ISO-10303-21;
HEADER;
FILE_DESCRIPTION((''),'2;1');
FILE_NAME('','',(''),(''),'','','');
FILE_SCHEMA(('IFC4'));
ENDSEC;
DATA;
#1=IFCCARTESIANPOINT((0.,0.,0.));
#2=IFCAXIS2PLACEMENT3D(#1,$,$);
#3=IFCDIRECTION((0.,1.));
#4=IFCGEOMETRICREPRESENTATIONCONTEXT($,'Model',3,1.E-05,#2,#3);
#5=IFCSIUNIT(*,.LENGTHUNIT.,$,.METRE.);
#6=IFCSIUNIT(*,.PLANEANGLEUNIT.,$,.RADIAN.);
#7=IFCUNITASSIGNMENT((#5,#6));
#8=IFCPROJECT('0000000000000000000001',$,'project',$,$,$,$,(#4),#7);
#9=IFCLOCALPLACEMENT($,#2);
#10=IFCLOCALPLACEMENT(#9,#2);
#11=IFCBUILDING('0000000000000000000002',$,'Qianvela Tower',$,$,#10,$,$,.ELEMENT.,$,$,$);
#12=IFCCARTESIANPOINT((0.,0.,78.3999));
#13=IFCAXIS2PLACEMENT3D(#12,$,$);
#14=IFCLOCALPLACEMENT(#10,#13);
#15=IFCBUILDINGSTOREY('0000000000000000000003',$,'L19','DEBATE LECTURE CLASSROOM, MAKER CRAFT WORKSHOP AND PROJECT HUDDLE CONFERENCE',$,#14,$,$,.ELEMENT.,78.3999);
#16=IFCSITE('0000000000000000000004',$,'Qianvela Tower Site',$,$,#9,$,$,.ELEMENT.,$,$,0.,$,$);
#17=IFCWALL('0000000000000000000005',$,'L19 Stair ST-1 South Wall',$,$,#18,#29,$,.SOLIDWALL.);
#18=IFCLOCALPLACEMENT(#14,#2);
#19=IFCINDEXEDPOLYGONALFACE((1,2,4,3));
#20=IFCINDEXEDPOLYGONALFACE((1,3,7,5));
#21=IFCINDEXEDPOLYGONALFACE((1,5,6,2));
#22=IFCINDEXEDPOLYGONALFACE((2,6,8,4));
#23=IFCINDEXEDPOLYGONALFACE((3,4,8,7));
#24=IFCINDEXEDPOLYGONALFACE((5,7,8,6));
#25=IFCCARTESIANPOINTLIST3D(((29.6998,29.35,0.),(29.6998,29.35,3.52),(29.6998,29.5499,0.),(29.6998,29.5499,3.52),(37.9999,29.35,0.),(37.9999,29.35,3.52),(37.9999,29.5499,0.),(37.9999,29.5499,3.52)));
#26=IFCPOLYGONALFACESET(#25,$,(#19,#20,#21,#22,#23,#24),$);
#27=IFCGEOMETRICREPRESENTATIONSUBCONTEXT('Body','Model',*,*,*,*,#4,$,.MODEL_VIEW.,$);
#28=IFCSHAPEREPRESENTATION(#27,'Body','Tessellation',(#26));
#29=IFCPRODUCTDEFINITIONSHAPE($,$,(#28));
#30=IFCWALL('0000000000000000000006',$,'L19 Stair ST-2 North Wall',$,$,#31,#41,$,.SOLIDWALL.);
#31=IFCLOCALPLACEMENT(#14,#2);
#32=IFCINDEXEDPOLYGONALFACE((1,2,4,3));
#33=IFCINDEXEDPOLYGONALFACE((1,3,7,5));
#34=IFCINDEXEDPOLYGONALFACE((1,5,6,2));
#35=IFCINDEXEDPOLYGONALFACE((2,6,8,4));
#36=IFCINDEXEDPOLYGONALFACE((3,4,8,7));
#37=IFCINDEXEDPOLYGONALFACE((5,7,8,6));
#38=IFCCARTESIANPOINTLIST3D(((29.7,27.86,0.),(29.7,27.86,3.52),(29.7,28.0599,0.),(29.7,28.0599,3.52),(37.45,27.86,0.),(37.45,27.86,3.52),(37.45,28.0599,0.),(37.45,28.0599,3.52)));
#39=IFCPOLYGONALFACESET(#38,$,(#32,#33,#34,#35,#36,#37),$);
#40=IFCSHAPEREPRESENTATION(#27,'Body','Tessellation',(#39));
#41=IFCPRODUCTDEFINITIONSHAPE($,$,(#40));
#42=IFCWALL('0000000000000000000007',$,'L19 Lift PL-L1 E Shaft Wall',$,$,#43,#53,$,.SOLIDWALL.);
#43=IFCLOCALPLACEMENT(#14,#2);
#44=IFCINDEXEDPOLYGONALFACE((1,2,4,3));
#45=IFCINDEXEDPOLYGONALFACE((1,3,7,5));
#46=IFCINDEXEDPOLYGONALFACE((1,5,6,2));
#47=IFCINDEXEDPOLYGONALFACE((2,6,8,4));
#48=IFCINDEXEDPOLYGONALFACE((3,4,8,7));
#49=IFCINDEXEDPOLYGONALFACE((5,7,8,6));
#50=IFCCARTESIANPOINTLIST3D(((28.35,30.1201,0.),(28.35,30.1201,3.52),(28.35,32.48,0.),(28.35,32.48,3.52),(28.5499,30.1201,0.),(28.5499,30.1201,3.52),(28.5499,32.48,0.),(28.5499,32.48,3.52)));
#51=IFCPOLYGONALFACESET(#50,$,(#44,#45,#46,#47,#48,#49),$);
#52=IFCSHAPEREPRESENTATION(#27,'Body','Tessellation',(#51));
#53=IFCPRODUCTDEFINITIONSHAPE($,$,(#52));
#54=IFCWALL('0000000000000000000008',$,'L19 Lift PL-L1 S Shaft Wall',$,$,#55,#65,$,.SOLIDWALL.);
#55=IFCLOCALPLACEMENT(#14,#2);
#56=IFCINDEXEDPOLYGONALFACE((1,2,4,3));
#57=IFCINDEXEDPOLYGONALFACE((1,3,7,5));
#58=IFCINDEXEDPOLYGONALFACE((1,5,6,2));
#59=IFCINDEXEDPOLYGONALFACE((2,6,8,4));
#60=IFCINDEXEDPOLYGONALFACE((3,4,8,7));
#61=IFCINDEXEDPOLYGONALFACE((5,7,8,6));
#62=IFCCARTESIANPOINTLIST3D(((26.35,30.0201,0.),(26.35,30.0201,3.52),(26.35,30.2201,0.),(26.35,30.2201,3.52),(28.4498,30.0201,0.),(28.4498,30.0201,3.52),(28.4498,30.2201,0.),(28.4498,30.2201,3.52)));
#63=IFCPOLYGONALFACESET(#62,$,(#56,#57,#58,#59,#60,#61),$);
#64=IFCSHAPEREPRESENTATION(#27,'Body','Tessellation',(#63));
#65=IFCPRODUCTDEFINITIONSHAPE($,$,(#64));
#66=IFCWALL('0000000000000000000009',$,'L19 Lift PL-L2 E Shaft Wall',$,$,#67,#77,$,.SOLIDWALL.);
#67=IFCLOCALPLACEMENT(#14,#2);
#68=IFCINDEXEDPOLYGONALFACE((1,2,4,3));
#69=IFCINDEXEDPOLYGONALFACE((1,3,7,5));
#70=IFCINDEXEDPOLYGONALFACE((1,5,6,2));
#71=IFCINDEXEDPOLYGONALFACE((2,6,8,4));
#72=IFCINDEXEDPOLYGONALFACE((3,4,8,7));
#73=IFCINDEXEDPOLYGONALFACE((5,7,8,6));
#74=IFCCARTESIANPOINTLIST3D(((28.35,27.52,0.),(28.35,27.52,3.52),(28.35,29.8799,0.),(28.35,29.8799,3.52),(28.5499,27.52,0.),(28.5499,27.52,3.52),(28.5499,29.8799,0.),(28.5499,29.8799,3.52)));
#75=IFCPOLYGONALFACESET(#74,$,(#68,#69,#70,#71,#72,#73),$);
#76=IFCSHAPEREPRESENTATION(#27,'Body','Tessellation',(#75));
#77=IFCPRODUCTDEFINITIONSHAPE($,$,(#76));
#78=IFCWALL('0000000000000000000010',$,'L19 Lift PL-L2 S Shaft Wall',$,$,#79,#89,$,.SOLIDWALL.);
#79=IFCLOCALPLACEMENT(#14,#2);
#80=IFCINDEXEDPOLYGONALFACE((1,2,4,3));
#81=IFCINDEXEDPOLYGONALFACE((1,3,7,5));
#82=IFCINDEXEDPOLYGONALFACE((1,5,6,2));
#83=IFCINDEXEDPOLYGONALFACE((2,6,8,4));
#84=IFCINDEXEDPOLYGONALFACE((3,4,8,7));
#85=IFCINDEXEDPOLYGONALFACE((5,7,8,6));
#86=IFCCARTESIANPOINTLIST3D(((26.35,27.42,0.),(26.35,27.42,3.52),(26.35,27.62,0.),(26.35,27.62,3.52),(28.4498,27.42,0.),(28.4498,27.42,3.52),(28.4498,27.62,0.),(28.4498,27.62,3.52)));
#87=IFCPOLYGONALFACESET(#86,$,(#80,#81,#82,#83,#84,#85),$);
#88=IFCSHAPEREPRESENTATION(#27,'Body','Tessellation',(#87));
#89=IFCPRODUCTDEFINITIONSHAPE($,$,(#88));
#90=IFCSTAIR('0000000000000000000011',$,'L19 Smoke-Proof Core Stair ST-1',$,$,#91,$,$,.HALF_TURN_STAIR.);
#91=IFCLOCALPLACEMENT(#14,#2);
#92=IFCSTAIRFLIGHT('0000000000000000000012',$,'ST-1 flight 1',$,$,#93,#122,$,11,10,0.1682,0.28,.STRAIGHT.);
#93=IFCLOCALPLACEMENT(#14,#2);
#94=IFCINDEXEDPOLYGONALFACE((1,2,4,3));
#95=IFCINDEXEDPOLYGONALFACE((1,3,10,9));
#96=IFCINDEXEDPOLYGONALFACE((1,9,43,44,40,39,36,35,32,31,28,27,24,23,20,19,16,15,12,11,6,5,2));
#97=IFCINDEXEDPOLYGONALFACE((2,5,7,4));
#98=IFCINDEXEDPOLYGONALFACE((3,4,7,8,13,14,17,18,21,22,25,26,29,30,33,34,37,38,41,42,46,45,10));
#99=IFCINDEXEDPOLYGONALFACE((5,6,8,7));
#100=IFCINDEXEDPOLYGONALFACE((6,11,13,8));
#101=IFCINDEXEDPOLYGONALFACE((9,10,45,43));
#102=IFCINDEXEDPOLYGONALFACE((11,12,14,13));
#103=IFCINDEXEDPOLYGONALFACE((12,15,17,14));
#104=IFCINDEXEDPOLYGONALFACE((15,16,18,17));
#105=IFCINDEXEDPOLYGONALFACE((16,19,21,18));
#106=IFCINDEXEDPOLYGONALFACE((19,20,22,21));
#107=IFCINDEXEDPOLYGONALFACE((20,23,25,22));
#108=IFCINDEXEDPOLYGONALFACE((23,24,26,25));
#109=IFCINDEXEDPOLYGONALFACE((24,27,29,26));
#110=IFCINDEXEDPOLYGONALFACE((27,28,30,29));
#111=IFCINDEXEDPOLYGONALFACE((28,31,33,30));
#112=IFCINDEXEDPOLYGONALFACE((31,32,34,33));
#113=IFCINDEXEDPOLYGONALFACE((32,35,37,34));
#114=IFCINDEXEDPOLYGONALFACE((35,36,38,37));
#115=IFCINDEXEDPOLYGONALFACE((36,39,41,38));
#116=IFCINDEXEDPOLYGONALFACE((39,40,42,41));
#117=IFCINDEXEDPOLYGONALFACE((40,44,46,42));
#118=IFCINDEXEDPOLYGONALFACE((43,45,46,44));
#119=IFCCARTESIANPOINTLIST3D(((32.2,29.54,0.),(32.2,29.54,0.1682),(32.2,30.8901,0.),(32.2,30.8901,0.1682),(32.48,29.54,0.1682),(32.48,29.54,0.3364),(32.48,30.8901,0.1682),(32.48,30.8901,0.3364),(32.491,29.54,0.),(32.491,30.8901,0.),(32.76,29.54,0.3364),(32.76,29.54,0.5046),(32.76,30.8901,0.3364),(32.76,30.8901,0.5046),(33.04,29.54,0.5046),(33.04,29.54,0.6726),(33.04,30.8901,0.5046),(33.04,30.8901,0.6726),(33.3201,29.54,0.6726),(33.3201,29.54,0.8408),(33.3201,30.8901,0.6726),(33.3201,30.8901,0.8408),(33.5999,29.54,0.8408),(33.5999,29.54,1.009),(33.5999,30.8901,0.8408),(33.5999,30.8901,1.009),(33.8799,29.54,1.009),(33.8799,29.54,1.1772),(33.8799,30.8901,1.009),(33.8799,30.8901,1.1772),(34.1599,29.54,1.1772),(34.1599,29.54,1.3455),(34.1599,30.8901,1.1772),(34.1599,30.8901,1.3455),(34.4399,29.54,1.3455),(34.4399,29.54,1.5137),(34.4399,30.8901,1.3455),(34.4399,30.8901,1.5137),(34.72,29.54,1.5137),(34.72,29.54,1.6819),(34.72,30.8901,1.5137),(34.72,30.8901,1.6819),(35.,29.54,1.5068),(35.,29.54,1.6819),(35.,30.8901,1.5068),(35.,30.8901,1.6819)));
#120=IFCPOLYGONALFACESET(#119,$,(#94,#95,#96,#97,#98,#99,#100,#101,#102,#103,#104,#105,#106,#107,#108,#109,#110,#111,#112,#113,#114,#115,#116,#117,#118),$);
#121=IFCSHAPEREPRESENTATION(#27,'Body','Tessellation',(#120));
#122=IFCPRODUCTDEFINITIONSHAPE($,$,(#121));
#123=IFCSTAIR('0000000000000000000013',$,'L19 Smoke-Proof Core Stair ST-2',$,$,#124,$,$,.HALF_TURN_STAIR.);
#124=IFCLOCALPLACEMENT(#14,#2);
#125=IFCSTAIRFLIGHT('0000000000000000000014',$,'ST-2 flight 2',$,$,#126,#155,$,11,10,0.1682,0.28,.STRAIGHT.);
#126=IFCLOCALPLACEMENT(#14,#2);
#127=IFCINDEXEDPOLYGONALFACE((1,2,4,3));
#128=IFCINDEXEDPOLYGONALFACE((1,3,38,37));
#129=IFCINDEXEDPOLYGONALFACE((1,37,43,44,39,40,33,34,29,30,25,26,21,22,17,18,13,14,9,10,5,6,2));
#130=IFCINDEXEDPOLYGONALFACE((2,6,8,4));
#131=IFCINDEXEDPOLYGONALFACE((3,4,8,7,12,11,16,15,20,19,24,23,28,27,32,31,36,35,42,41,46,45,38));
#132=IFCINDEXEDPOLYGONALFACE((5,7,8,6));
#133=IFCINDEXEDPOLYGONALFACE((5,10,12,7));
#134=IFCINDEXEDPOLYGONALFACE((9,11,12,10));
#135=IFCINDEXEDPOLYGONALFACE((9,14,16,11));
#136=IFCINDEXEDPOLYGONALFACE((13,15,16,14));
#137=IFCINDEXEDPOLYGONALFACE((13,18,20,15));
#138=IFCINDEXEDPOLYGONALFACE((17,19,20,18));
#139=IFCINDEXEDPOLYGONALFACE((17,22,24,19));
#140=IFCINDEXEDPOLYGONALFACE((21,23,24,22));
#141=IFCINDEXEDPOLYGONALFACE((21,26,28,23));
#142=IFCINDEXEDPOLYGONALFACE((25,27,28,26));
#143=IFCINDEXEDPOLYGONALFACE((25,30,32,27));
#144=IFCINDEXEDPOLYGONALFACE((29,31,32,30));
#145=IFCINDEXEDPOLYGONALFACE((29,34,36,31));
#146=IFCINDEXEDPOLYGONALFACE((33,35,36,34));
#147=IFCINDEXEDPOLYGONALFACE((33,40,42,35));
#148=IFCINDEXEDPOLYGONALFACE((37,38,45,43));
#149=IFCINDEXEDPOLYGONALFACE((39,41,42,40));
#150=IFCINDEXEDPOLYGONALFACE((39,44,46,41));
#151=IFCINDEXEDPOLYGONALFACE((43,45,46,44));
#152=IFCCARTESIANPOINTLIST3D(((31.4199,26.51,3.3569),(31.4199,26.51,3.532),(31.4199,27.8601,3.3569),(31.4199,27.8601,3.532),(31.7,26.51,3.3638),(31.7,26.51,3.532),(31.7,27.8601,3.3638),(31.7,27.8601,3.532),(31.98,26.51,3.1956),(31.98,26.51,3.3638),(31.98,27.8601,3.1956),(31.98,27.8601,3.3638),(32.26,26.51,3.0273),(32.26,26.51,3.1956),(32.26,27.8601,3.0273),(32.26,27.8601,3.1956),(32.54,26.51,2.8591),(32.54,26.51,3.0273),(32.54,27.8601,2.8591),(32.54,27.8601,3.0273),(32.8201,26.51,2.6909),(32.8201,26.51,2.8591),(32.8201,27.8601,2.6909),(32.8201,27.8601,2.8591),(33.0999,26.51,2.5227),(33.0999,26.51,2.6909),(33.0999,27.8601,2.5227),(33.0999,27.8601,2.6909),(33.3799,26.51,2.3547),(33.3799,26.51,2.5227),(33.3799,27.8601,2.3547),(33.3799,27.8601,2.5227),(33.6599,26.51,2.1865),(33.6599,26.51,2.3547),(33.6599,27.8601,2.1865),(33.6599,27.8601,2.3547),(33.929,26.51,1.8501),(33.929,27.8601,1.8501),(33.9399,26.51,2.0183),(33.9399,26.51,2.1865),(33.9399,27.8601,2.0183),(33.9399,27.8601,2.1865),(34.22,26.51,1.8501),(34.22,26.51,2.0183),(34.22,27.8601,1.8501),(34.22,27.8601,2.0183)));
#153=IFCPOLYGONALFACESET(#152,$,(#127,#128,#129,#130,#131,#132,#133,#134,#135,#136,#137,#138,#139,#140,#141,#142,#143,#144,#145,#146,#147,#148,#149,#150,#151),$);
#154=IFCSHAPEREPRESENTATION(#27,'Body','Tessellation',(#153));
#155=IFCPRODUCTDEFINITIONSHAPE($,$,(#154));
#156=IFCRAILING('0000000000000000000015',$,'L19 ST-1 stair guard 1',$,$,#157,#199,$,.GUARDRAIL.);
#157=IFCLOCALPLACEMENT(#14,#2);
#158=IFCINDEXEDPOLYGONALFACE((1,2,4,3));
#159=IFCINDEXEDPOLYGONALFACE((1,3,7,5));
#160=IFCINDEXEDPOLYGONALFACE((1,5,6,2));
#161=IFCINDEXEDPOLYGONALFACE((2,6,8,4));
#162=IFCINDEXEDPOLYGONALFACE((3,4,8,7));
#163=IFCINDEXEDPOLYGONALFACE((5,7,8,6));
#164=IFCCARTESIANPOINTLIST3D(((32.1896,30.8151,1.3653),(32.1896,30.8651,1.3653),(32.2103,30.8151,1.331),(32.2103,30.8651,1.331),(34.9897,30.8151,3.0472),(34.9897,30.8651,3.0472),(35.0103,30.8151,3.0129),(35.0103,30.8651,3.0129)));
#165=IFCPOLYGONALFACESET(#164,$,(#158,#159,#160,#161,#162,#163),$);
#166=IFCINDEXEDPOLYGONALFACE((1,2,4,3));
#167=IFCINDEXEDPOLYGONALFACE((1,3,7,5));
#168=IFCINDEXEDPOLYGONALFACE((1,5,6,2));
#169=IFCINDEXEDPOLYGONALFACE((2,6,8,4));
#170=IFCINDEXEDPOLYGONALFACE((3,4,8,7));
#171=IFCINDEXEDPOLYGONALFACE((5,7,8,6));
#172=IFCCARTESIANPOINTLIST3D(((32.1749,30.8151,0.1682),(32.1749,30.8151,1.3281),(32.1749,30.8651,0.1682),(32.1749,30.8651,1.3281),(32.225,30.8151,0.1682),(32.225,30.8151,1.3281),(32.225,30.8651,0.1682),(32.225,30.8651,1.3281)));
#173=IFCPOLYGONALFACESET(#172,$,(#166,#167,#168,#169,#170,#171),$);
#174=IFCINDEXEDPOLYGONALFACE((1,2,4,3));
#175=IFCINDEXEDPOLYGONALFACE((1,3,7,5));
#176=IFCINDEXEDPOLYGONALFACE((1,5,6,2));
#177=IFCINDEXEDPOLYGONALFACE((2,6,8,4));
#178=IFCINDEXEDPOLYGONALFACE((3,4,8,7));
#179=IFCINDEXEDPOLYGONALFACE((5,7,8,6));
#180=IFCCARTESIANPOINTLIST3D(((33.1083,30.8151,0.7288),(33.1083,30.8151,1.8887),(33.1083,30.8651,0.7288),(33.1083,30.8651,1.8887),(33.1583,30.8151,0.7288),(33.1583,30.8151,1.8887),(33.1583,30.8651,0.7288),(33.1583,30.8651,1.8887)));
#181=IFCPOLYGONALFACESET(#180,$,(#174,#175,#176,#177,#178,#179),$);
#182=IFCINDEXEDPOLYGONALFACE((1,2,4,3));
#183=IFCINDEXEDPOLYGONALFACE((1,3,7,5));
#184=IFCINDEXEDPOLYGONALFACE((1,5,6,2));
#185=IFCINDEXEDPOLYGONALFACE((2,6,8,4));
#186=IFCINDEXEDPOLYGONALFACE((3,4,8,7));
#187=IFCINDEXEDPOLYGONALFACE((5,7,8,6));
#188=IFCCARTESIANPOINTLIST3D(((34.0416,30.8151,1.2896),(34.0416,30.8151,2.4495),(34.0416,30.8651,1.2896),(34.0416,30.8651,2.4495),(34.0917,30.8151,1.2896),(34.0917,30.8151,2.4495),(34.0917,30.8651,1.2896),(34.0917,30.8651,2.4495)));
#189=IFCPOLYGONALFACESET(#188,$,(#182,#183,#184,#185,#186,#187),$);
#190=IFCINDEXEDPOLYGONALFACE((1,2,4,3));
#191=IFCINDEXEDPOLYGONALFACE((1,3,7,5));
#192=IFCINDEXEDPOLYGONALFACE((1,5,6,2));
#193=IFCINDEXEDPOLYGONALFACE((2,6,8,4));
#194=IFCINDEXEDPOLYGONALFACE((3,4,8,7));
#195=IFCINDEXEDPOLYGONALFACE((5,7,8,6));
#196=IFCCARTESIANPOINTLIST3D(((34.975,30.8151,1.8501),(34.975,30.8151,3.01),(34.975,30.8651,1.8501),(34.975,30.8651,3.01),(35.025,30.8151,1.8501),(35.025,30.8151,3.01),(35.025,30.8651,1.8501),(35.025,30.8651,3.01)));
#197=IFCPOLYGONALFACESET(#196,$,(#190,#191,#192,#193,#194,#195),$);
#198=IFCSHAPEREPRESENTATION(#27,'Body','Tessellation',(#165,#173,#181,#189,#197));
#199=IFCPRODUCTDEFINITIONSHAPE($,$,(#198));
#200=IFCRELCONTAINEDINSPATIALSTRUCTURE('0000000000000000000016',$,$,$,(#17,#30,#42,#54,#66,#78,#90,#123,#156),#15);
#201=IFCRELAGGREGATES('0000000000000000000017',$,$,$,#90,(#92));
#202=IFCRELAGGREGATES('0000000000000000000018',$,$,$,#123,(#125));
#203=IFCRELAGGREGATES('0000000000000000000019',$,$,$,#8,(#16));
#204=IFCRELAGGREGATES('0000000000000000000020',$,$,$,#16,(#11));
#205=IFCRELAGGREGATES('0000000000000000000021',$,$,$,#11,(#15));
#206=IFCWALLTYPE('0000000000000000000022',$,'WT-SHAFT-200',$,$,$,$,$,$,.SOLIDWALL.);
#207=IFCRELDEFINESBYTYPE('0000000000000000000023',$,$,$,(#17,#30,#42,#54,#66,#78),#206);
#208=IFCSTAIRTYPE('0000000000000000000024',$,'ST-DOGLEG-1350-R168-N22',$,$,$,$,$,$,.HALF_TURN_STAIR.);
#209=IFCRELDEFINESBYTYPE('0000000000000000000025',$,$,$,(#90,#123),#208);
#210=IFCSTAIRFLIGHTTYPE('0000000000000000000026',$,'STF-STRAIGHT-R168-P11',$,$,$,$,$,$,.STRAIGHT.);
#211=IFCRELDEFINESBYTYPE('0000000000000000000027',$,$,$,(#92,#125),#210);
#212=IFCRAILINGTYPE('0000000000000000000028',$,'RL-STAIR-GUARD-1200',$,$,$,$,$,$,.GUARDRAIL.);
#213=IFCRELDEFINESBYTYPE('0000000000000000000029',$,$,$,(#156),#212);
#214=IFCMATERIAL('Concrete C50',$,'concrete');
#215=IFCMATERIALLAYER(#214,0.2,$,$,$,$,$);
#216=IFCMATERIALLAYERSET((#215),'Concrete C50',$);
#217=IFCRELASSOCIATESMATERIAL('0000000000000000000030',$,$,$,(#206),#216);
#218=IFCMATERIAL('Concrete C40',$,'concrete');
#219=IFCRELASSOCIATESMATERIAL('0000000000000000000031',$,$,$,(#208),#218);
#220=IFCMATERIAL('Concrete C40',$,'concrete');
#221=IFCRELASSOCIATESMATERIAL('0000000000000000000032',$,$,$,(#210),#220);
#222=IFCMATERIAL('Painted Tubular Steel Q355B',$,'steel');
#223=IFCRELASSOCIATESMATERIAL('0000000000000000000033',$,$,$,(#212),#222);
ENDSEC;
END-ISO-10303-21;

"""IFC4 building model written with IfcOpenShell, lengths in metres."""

from ifc_helpers import new_model, si_unit, direction, frame, frame_2d, origin, origin_2d, place, context, subcontext, project, spatial, polyline, rectangle, outline, extrude, material, layer, layer_set, type_object, element, aggregate, save


model = new_model("IFC4")

# Units and contexts
model_context = context("Model", 3, precision=1e-05, world=origin(), true_north=direction((0.0, 1.0)))
body_context = subcontext(model_context, "Body", "Model", "MODEL_VIEW")
ifc_project = project(units=[si_unit("LENGTHUNIT", "METRE"), si_unit("PLANEANGLEUNIT", "RADIAN")], contexts=[model_context])

# Site, building, storey
site_placement = place(None, origin())
site = spatial("IfcSite", under=ifc_project, at=site_placement, Name="Qianvela Tower Site", CompositionType="ELEMENT", RefElevation=0.0)
building_placement = place(site_placement, origin())
building = spatial("IfcBuilding", under=site, at=building_placement, Name="Qianvela Tower", CompositionType="ELEMENT")
storey_placement = place(building_placement, frame((0.0, 0.0, 78.3999)))
storey = spatial("IfcBuildingStorey", under=building, at=storey_placement, Name="L19", Description="DEBATE LECTURE CLASSROOM, MAKER CRAFT WORKSHOP AND PROJECT HUDDLE CONFERENCE", CompositionType="ELEMENT", Elevation=78.3999)

# Walls
ifc_material_1 = material(Name="Concrete C50", Category="concrete")
ifc_layer_1 = layer(ifc_material_1, 0.2)
ifc_layer_set_1 = layer_set([ifc_layer_1], Name="Concrete C50")
wall_type_1 = type_object("IfcWallType", Name="WT-SHAFT-200", PredefinedType="SOLIDWALL", material=ifc_layer_set_1)
wall_1_placement = place(storey_placement, frame((29.7, 29.45, 0.0), z_axis=(0.0, 0.0, 1.0), x_axis=(1.0, 0.0, 0.0)))
element("IfcWall", 1, at=wall_1_placement, inside=storey, type_object=wall_type_1, Name="L19 Stair ST-1 South Wall", PredefinedType="SOLIDWALL", context=body_context, shape_type="SweptSolid", body=[
    extrude(rectangle(XDim=8.3, YDim=0.2, at=frame_2d((4.1499, 0.0))), origin(), (0.0, 0.0, 1.0), 3.52),
])
wall_2_placement = place(storey_placement, frame((29.7, 27.96, 0.0), z_axis=(0.0, 0.0, 1.0), x_axis=(1.0, 0.0, 0.0)))
element("IfcWall", 2, at=wall_2_placement, inside=storey, type_object=wall_type_1, Name="L19 Stair ST-2 North Wall", PredefinedType="SOLIDWALL", context=body_context, shape_type="SweptSolid", body=[
    extrude(rectangle(XDim=7.75, YDim=0.2, at=frame_2d((3.875, 0.0))), origin(), (0.0, 0.0, 1.0), 3.52),
])
wall_3_placement = place(storey_placement, frame((28.45, 30.1201, 0.0), z_axis=(0.0, 0.0, 1.0), x_axis=(0.0, 1.0, 0.0)))
element("IfcWall", 3, at=wall_3_placement, inside=storey, type_object=wall_type_1, Name="L19 Lift PL-L1 E Shaft Wall", PredefinedType="SOLIDWALL", context=body_context, shape_type="SweptSolid", body=[
    extrude(rectangle(XDim=2.3599, YDim=0.2, at=frame_2d((1.1799, 0.0))), origin(), (0.0, 0.0, 1.0), 3.52),
])

# Walls
wall_4_placement = place(storey_placement, frame((26.3501, 30.1201, 0.0), z_axis=(0.0, 0.0, 1.0), x_axis=(1.0, 0.0, 0.0)))
element("IfcWall", 4, at=wall_4_placement, inside=storey, type_object=wall_type_1, Name="L19 Lift PL-L1 S Shaft Wall", PredefinedType="SOLIDWALL", context=body_context, shape_type="SweptSolid", body=[
    extrude(rectangle(XDim=2.0999, YDim=0.2, at=frame_2d((1.0498, 0.0))), origin(), (0.0, 0.0, 1.0), 3.52),
])
wall_5_placement = place(storey_placement, frame((28.45, 27.52, 0.0), z_axis=(0.0, 0.0, 1.0), x_axis=(0.0, 1.0, 0.0)))
element("IfcWall", 5, at=wall_5_placement, inside=storey, type_object=wall_type_1, Name="L19 Lift PL-L2 E Shaft Wall", PredefinedType="SOLIDWALL", context=body_context, shape_type="SweptSolid", body=[
    extrude(rectangle(XDim=2.3599, YDim=0.2, at=frame_2d((1.1799, 0.0))), origin(), (0.0, 0.0, 1.0), 3.52),
])

# Wall
wall_6_placement = place(storey_placement, frame((26.3501, 27.52, 0.0), z_axis=(0.0, 0.0, 1.0), x_axis=(1.0, 0.0, 0.0)))
element("IfcWall", 6, at=wall_6_placement, inside=storey, type_object=wall_type_1, Name="L19 Lift PL-L2 S Shaft Wall", PredefinedType="SOLIDWALL", context=body_context, shape_type="SweptSolid", body=[
    extrude(rectangle(XDim=2.0999, YDim=0.2, at=frame_2d((1.0498, 0.0))), origin(), (0.0, 0.0, 1.0), 3.52),
])

# Stairs, stair flights
ifc_material_2 = material(Name="Concrete C40", Category="concrete")
stair_type = type_object("IfcStairType", Name="ST-DOGLEG-1350-R168-N22", PredefinedType="HALF_TURN_STAIR", material=ifc_material_2)
stair_1_placement = place(storey_placement, origin())
stair_1 = element("IfcStair", 7, at=stair_1_placement, inside=storey, type_object=stair_type, Name="L19 Smoke-Proof Core Stair ST-1", PredefinedType="HALF_TURN_STAIR")
ifc_material_3 = material(Name="Concrete C40", Category="concrete")
stair_flight_type = type_object("IfcStairFlightType", Name="STF-STRAIGHT-R168-P11", PredefinedType="STRAIGHT", material=ifc_material_3)
stair_flight_1_placement = place(storey_placement, frame((32.2, 30.2151, 0.0), z_axis=(0.0, 0.0, 1.0), x_axis=(1.0, 0.0, 0.0)))
stair_flight_1 = element("IfcStairFlight", 8, at=stair_flight_1_placement, type_object=stair_flight_type, Name="ST-1 flight 1", NumberOfRisers=11, NumberOfTreads=10, PredefinedType="STRAIGHT", RiserHeight=0.1682, TreadLength=0.28, context=body_context, shape_type="SweptSolid", body=[
    extrude(outline(polyline([(0.0, 0.0), (0.0, 0.1682), (0.28, 0.1682), (0.28, 0.3364), (0.5601, 0.3364), (0.5601, 0.5046), (0.8401, 0.5046), (0.8401, 0.6726), (1.1201, 0.6726), (1.1201, 0.8408), (1.3999, 0.8408), (1.3999, 1.009), (1.6799, 1.009), (1.6799, 1.1772), (1.96, 1.1772), (1.96, 1.3455), (2.24, 1.3455), (2.24, 1.5137), (2.52, 1.5137), (2.52, 1.6819), (2.8, 1.6819), (2.8, 1.8501), (2.8, 1.5068), (0.291, 0.0), (0.0, 0.0)])), frame((0.0, 0.675, 0.0), z_axis=(0.0, -1.0, 0.0), x_axis=(1.0, 0.0, 0.0)), (0.0, 0.0, 1.0), 1.3501),
])
aggregate(stair_1, [stair_flight_1])
stair_2_placement = place(storey_placement, origin())
stair_2 = element("IfcStair", 9, at=stair_2_placement, inside=storey, type_object=stair_type, Name="L19 Smoke-Proof Core Stair ST-2", PredefinedType="HALF_TURN_STAIR")
stair_flight_2_placement = place(storey_placement, frame((34.22, 27.1851, 1.8501), z_axis=(0.0, 0.0, 1.0), x_axis=(-1.0, 0.0, 0.0)))
stair_flight_2 = element("IfcStairFlight", 10, at=stair_flight_2_placement, type_object=stair_flight_type, Name="ST-2 flight 2", NumberOfRisers=11, NumberOfTreads=10, PredefinedType="STRAIGHT", RiserHeight=0.1682, TreadLength=0.28, context=body_context, shape_type="SweptSolid", body=[
    extrude(outline(polyline([(0.0, 0.0), (0.0, 0.1682), (0.28, 0.1682), (0.28, 0.3364), (0.5601, 0.3364), (0.5601, 0.5046), (0.8401, 0.5046), (0.8401, 0.6726), (1.1201, 0.6726), (1.1201, 0.8408), (1.3999, 0.8408), (1.3999, 1.009), (1.6799, 1.009), (1.6799, 1.1772), (1.96, 1.1772), (1.96, 1.3455), (2.24, 1.3455), (2.24, 1.5137), (2.52, 1.5137), (2.52, 1.6819), (2.8, 1.6819), (2.8, 1.8501), (2.8, 1.5068), (0.291, 0.0), (0.0, 0.0)])), frame((0.0, 0.675, 0.0), z_axis=(0.0, -1.0, 0.0), x_axis=(1.0, 0.0, 0.0)), (0.0, 0.0, 1.0), 1.3501),
])
aggregate(stair_2, [stair_flight_2])

# Railing
ifc_material_4 = material(Name="Painted Tubular Steel Q355B", Category="steel")
railing_type_1 = type_object("IfcRailingType", Name="RL-STAIR-GUARD-1200", PredefinedType="GUARDRAIL", material=ifc_material_4)
railing_1_placement = place(storey_placement, frame((32.2, 30.8401, 0.1682)))
element("IfcRailing", 11, at=railing_1_placement, inside=storey, type_object=railing_type_1, Name="L19 ST-1 stair guard 1", PredefinedType="GUARDRAIL", context=body_context, shape_type="SweptSolid", body=[
    extrude(rectangle(XDim=0.05, YDim=0.04, at=origin_2d()), frame((0.0, 0.0, 1.1799), z_axis=(0.857242, 0.0, 0.514913), x_axis=(0.0, 1.0, 0.0)), (0.0, 0.0, 1.0), 3.2664),
    extrude(rectangle(XDim=0.05, YDim=0.05, at=origin_2d()), origin(), (0.0, 0.0, 1.0), 1.1599),
    extrude(rectangle(XDim=0.05, YDim=0.05, at=origin_2d()), frame((0.9333, 0.0, 0.5605)), (0.0, 0.0, 1.0), 1.1599),
    extrude(rectangle(XDim=0.05, YDim=0.05, at=origin_2d()), frame((1.8667, 0.0, 1.1213)), (0.0, 0.0, 1.0), 1.1599),
    extrude(rectangle(XDim=0.05, YDim=0.05, at=origin_2d()), frame((2.8, 0.0, 1.6819)), (0.0, 0.0, 1.0), 1.1599),
])

save(model, "model.ifc")
